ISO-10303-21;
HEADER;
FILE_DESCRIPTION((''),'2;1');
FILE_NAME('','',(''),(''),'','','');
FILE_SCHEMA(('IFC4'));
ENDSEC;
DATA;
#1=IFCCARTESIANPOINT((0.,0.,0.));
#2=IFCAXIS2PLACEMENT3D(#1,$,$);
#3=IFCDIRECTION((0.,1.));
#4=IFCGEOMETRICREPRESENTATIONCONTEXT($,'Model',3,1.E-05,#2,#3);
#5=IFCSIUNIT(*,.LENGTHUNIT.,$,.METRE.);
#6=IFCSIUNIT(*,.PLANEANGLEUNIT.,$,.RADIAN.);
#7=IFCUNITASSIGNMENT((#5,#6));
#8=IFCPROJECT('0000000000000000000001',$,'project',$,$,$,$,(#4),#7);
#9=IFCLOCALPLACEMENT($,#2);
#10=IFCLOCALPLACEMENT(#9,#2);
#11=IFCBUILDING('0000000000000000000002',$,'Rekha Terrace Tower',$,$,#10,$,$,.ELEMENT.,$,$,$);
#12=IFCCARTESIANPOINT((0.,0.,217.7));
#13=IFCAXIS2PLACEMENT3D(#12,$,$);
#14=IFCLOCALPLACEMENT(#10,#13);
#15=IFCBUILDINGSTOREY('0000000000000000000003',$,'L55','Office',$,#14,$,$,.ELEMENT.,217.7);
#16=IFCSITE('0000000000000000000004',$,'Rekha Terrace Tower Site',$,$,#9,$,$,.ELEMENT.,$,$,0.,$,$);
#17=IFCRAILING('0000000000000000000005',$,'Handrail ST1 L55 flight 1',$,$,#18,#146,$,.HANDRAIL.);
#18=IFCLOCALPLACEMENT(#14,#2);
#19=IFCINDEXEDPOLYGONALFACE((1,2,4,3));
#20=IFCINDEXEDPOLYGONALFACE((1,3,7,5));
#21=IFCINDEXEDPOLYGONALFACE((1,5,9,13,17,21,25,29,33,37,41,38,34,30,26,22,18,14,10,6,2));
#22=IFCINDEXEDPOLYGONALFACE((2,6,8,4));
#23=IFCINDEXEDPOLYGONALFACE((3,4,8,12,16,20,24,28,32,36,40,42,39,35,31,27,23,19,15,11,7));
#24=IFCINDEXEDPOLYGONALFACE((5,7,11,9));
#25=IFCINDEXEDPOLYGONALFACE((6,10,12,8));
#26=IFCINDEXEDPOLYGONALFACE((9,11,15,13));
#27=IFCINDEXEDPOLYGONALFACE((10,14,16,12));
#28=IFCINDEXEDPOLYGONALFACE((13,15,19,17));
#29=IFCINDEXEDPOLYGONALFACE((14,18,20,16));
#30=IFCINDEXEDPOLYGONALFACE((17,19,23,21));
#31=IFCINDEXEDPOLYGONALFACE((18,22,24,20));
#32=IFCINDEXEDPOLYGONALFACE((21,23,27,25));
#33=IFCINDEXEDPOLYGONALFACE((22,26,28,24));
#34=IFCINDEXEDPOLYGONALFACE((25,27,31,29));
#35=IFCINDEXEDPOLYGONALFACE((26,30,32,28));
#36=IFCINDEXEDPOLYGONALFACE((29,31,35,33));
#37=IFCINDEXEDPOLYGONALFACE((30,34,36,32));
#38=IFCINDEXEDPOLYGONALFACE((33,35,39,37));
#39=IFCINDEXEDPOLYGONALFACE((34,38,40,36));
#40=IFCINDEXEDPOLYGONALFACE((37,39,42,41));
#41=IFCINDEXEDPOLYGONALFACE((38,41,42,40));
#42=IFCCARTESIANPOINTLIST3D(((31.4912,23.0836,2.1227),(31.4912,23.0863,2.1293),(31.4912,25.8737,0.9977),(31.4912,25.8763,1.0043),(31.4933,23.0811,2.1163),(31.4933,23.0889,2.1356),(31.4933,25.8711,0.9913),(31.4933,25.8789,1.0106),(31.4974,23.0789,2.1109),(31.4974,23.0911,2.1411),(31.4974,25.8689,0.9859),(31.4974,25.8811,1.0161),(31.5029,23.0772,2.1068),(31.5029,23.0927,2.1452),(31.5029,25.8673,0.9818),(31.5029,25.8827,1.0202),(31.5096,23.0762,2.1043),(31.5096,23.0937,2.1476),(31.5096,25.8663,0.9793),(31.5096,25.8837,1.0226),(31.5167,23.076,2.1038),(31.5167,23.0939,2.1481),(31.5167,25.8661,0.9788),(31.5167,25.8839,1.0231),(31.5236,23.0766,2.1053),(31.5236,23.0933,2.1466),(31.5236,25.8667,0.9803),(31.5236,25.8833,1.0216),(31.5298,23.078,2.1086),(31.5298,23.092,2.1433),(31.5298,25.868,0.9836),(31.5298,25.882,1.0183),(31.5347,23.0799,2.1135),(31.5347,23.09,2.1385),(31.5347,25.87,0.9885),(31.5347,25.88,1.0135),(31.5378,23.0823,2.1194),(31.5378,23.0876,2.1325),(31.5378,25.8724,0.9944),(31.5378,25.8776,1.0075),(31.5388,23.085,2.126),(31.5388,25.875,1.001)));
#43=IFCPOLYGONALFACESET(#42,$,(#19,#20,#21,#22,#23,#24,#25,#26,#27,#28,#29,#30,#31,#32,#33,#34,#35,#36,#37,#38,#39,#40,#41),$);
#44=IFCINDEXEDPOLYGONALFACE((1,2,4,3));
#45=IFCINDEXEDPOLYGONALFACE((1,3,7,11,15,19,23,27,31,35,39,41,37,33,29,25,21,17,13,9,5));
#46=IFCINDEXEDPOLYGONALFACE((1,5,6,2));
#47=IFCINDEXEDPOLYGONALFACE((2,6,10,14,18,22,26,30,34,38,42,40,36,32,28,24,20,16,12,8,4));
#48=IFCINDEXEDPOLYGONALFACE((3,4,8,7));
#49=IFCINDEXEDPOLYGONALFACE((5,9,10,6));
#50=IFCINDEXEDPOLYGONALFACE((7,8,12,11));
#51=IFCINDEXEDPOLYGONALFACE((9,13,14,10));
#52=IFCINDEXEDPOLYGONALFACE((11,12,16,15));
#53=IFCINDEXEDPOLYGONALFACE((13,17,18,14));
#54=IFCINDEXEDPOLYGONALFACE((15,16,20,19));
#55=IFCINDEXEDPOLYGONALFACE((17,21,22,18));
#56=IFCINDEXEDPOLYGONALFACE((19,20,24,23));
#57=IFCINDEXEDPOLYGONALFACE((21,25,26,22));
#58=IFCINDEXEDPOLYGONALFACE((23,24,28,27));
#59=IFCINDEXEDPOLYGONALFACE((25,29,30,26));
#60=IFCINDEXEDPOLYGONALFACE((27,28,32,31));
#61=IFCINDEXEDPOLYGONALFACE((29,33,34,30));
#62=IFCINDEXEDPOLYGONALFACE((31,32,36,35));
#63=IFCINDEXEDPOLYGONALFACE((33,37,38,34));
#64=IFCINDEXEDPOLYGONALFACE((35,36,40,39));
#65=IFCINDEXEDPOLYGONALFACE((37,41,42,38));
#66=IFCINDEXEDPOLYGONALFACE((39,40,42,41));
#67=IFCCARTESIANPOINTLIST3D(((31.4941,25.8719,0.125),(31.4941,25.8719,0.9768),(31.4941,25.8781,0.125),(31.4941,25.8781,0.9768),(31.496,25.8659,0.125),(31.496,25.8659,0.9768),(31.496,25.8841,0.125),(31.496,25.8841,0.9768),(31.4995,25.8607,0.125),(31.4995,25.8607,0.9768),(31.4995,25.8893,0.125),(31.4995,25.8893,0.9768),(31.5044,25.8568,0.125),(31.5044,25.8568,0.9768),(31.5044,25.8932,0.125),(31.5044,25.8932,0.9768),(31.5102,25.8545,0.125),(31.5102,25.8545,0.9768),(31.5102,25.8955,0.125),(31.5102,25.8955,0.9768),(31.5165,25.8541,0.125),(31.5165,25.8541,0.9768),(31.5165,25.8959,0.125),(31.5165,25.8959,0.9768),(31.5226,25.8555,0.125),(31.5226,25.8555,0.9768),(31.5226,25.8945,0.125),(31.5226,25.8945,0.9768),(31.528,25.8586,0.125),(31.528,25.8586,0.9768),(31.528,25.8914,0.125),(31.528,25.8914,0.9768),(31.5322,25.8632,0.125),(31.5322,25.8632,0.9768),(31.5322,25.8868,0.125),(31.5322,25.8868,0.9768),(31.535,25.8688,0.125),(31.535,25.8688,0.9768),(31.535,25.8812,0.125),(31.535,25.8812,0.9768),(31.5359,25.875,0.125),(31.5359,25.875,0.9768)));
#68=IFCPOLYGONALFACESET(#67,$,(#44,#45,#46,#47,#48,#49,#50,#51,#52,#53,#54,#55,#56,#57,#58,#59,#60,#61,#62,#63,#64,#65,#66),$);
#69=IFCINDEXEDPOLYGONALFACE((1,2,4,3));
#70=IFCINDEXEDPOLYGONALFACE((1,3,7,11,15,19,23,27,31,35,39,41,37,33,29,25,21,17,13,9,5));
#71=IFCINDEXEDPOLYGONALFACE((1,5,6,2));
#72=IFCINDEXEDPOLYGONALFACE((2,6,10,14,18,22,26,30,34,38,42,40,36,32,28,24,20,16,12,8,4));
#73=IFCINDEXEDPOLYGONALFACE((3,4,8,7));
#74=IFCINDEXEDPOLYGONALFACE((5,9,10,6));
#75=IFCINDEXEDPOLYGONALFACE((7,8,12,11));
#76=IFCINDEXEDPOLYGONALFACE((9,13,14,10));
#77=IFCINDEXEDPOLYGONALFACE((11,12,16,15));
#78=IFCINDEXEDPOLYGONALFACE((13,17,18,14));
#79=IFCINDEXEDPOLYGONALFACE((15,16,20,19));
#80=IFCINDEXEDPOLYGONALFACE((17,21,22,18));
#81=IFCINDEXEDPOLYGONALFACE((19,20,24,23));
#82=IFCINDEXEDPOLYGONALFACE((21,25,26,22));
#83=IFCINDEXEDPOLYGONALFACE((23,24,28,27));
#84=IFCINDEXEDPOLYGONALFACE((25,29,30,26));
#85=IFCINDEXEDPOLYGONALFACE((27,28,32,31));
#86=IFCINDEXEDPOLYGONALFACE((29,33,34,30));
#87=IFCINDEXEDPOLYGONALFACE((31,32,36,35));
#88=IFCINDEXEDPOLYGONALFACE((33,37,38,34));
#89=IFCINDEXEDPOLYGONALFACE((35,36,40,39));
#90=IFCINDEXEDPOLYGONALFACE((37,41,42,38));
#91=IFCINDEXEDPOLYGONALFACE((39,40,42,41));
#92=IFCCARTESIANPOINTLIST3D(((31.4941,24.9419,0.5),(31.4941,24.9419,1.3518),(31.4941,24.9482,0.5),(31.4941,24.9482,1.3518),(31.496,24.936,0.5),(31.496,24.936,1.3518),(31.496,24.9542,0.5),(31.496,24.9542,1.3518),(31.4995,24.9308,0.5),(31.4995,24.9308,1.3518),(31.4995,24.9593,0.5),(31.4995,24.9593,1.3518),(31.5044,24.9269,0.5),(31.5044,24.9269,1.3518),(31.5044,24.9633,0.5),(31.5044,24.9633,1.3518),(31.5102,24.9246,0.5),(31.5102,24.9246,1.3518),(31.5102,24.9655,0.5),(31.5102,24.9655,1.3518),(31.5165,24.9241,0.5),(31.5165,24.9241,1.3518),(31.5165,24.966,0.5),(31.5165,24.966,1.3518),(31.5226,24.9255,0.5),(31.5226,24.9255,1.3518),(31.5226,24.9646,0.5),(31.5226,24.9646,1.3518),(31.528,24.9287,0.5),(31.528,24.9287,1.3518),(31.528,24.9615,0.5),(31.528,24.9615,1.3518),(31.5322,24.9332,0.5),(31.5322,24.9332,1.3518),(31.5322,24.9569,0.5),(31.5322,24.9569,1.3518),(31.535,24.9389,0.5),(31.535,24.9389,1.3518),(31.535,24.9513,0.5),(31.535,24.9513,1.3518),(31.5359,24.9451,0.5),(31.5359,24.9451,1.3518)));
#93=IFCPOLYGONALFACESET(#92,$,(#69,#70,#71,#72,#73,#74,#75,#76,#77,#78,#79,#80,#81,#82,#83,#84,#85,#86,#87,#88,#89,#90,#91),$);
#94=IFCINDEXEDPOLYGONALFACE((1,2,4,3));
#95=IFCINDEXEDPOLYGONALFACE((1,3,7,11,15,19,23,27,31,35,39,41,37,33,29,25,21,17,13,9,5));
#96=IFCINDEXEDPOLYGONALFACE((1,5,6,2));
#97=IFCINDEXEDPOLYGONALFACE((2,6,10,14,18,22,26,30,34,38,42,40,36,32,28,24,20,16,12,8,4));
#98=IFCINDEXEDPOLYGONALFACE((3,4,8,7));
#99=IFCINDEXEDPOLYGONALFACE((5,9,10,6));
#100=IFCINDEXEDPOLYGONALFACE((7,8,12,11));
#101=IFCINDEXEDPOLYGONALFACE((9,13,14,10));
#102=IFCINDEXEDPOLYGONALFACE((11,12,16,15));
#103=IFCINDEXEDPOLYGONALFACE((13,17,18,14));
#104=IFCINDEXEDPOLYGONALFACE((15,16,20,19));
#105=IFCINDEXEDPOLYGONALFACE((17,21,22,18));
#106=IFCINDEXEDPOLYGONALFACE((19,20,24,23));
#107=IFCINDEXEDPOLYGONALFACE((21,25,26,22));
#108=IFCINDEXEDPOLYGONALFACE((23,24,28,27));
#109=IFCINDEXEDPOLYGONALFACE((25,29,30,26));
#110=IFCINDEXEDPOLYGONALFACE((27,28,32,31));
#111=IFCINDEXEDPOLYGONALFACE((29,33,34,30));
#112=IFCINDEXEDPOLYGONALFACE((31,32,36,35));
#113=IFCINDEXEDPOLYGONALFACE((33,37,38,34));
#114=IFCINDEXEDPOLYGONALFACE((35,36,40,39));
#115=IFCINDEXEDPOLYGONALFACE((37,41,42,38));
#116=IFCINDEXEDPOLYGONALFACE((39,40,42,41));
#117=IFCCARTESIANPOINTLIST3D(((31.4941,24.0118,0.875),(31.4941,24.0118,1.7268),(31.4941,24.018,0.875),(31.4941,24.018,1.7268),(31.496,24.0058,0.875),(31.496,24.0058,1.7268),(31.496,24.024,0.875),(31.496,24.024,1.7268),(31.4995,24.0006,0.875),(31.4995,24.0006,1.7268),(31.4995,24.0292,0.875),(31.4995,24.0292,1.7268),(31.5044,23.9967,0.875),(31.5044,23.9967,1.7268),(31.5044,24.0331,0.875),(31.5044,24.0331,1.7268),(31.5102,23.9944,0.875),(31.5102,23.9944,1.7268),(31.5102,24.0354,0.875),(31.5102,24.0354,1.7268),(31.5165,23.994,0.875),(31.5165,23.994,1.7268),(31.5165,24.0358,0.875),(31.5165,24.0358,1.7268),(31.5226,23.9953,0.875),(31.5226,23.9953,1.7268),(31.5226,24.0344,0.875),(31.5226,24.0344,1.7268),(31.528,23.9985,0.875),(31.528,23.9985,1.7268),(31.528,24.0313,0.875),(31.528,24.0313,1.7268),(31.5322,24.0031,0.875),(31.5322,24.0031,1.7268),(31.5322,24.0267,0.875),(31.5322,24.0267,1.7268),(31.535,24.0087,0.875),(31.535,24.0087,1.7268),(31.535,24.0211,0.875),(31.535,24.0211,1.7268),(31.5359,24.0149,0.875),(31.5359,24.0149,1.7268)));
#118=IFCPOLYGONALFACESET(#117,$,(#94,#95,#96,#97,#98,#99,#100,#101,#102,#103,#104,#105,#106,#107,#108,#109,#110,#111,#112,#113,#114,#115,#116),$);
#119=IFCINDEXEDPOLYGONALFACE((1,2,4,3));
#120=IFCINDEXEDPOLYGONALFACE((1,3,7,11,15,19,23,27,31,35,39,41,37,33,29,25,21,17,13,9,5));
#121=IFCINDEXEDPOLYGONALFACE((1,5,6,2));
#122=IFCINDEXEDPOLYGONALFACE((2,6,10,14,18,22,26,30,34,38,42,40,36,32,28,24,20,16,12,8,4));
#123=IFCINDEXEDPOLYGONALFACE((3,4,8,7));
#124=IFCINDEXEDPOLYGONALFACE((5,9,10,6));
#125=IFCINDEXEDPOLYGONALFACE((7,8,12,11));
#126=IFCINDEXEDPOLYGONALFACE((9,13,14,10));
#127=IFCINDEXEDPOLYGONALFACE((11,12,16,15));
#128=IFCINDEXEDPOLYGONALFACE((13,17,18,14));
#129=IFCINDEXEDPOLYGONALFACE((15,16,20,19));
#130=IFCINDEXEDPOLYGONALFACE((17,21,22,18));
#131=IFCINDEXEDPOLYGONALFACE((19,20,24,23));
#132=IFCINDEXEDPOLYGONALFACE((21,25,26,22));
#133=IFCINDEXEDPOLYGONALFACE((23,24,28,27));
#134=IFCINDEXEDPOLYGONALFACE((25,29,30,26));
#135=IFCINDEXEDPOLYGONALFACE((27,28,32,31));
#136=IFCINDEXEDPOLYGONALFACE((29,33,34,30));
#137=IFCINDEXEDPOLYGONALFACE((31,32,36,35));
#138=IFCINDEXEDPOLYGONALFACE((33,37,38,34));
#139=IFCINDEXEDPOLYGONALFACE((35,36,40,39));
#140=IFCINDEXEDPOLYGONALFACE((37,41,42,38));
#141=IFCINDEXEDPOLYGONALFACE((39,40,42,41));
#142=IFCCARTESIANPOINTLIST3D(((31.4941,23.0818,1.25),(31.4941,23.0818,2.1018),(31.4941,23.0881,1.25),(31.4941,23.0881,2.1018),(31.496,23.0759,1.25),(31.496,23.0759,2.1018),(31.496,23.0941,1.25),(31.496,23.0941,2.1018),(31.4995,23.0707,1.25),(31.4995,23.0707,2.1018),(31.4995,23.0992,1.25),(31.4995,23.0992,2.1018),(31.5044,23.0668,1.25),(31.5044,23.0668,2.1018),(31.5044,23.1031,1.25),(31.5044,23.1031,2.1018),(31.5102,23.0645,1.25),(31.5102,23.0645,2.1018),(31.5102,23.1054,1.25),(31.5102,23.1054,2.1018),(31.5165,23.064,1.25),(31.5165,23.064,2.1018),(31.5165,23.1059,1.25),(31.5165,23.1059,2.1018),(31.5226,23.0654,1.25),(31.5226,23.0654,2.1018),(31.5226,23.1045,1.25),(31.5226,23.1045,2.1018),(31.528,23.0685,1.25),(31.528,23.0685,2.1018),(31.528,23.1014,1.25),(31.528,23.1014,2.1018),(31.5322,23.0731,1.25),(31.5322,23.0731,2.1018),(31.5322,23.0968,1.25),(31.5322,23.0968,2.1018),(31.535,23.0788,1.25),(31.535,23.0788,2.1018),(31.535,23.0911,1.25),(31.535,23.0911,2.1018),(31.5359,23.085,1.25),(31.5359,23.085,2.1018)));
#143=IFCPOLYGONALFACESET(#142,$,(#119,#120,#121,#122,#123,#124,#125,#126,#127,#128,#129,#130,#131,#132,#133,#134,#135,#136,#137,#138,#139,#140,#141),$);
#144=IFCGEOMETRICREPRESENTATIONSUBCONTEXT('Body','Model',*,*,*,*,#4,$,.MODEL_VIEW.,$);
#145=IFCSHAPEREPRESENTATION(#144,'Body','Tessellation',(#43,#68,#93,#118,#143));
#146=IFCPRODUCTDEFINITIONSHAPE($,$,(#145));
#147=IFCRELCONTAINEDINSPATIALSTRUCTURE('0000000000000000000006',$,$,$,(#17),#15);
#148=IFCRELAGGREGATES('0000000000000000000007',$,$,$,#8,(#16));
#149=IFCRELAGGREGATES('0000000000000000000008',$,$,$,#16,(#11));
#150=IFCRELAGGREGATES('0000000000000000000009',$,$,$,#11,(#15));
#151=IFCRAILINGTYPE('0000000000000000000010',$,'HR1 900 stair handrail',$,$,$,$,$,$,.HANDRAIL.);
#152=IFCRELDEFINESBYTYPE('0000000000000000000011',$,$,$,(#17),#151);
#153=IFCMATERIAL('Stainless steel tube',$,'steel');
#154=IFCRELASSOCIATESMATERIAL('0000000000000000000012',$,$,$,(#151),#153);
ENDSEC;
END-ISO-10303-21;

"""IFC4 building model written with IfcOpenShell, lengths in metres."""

from ifc_helpers import new_model, si_unit, direction, frame, origin, origin_2d, place, context, subcontext, project, spatial, circle, extrude, material, type_object, element, save


model = new_model("IFC4")

# Units and contexts
model_context = context("Model", 3, precision=1e-05, world=origin(), true_north=direction((0.0, 1.0)))
body_context = subcontext(model_context, "Body", "Model", "MODEL_VIEW")
ifc_project = project(units=[si_unit("LENGTHUNIT", "METRE"), si_unit("PLANEANGLEUNIT", "RADIAN")], contexts=[model_context])

# Site, building, storey
site_placement = place(None, origin())
site = spatial("IfcSite", under=ifc_project, at=site_placement, Name="Rekha Terrace Tower Site", CompositionType="ELEMENT", RefElevation=0.0)
building_placement = place(site_placement, origin())
building = spatial("IfcBuilding", under=site, at=building_placement, Name="Rekha Terrace Tower", CompositionType="ELEMENT")
storey_placement = place(building_placement, frame((0.0, 0.0, 217.7)))
storey = spatial("IfcBuildingStorey", under=building, at=storey_placement, Name="L55", Description="Office", CompositionType="ELEMENT", Elevation=217.7)

# Railing
ifc_material_1 = material(Name="Stainless steel tube", Category="steel")
railing_type_1 = type_object("IfcRailingType", Name="HR1 900 stair handrail", PredefinedType="HANDRAIL", material=ifc_material_1)
railing_1_placement = place(storey_placement, frame((31.5149, 25.875, 0.125)))
element("IfcRailing", 1, at=railing_1_placement, inside=storey, type_object=railing_type_1, Name="Handrail ST1 L55 flight 1", PredefinedType="HANDRAIL", context=body_context, shape_type="SweptSolid", body=[
    extrude(circle(Radius=0.0239, at=origin_2d()), frame((0.0, 0.0, 0.876), z_axis=(0.0, -0.927443, 0.373964), x_axis=(1.0, 0.0, 0.0)), (0.0, 0.0, 1.0), 3.0083),
    extrude(circle(Radius=0.021, at=origin_2d()), origin(), (0.0, 0.0, 1.0), 0.8518),
    extrude(circle(Radius=0.021, at=origin_2d()), frame((0.0, -0.9299, 0.375)), (0.0, 0.0, 1.0), 0.8518),
    extrude(circle(Radius=0.021, at=origin_2d()), frame((0.0, -1.8601, 0.75)), (0.0, 0.0, 1.0), 0.8518),
    extrude(circle(Radius=0.021, at=origin_2d()), frame((0.0, -2.79, 1.125)), (0.0, 0.0, 1.0), 0.8518),
])

save(model, "model.ifc")
